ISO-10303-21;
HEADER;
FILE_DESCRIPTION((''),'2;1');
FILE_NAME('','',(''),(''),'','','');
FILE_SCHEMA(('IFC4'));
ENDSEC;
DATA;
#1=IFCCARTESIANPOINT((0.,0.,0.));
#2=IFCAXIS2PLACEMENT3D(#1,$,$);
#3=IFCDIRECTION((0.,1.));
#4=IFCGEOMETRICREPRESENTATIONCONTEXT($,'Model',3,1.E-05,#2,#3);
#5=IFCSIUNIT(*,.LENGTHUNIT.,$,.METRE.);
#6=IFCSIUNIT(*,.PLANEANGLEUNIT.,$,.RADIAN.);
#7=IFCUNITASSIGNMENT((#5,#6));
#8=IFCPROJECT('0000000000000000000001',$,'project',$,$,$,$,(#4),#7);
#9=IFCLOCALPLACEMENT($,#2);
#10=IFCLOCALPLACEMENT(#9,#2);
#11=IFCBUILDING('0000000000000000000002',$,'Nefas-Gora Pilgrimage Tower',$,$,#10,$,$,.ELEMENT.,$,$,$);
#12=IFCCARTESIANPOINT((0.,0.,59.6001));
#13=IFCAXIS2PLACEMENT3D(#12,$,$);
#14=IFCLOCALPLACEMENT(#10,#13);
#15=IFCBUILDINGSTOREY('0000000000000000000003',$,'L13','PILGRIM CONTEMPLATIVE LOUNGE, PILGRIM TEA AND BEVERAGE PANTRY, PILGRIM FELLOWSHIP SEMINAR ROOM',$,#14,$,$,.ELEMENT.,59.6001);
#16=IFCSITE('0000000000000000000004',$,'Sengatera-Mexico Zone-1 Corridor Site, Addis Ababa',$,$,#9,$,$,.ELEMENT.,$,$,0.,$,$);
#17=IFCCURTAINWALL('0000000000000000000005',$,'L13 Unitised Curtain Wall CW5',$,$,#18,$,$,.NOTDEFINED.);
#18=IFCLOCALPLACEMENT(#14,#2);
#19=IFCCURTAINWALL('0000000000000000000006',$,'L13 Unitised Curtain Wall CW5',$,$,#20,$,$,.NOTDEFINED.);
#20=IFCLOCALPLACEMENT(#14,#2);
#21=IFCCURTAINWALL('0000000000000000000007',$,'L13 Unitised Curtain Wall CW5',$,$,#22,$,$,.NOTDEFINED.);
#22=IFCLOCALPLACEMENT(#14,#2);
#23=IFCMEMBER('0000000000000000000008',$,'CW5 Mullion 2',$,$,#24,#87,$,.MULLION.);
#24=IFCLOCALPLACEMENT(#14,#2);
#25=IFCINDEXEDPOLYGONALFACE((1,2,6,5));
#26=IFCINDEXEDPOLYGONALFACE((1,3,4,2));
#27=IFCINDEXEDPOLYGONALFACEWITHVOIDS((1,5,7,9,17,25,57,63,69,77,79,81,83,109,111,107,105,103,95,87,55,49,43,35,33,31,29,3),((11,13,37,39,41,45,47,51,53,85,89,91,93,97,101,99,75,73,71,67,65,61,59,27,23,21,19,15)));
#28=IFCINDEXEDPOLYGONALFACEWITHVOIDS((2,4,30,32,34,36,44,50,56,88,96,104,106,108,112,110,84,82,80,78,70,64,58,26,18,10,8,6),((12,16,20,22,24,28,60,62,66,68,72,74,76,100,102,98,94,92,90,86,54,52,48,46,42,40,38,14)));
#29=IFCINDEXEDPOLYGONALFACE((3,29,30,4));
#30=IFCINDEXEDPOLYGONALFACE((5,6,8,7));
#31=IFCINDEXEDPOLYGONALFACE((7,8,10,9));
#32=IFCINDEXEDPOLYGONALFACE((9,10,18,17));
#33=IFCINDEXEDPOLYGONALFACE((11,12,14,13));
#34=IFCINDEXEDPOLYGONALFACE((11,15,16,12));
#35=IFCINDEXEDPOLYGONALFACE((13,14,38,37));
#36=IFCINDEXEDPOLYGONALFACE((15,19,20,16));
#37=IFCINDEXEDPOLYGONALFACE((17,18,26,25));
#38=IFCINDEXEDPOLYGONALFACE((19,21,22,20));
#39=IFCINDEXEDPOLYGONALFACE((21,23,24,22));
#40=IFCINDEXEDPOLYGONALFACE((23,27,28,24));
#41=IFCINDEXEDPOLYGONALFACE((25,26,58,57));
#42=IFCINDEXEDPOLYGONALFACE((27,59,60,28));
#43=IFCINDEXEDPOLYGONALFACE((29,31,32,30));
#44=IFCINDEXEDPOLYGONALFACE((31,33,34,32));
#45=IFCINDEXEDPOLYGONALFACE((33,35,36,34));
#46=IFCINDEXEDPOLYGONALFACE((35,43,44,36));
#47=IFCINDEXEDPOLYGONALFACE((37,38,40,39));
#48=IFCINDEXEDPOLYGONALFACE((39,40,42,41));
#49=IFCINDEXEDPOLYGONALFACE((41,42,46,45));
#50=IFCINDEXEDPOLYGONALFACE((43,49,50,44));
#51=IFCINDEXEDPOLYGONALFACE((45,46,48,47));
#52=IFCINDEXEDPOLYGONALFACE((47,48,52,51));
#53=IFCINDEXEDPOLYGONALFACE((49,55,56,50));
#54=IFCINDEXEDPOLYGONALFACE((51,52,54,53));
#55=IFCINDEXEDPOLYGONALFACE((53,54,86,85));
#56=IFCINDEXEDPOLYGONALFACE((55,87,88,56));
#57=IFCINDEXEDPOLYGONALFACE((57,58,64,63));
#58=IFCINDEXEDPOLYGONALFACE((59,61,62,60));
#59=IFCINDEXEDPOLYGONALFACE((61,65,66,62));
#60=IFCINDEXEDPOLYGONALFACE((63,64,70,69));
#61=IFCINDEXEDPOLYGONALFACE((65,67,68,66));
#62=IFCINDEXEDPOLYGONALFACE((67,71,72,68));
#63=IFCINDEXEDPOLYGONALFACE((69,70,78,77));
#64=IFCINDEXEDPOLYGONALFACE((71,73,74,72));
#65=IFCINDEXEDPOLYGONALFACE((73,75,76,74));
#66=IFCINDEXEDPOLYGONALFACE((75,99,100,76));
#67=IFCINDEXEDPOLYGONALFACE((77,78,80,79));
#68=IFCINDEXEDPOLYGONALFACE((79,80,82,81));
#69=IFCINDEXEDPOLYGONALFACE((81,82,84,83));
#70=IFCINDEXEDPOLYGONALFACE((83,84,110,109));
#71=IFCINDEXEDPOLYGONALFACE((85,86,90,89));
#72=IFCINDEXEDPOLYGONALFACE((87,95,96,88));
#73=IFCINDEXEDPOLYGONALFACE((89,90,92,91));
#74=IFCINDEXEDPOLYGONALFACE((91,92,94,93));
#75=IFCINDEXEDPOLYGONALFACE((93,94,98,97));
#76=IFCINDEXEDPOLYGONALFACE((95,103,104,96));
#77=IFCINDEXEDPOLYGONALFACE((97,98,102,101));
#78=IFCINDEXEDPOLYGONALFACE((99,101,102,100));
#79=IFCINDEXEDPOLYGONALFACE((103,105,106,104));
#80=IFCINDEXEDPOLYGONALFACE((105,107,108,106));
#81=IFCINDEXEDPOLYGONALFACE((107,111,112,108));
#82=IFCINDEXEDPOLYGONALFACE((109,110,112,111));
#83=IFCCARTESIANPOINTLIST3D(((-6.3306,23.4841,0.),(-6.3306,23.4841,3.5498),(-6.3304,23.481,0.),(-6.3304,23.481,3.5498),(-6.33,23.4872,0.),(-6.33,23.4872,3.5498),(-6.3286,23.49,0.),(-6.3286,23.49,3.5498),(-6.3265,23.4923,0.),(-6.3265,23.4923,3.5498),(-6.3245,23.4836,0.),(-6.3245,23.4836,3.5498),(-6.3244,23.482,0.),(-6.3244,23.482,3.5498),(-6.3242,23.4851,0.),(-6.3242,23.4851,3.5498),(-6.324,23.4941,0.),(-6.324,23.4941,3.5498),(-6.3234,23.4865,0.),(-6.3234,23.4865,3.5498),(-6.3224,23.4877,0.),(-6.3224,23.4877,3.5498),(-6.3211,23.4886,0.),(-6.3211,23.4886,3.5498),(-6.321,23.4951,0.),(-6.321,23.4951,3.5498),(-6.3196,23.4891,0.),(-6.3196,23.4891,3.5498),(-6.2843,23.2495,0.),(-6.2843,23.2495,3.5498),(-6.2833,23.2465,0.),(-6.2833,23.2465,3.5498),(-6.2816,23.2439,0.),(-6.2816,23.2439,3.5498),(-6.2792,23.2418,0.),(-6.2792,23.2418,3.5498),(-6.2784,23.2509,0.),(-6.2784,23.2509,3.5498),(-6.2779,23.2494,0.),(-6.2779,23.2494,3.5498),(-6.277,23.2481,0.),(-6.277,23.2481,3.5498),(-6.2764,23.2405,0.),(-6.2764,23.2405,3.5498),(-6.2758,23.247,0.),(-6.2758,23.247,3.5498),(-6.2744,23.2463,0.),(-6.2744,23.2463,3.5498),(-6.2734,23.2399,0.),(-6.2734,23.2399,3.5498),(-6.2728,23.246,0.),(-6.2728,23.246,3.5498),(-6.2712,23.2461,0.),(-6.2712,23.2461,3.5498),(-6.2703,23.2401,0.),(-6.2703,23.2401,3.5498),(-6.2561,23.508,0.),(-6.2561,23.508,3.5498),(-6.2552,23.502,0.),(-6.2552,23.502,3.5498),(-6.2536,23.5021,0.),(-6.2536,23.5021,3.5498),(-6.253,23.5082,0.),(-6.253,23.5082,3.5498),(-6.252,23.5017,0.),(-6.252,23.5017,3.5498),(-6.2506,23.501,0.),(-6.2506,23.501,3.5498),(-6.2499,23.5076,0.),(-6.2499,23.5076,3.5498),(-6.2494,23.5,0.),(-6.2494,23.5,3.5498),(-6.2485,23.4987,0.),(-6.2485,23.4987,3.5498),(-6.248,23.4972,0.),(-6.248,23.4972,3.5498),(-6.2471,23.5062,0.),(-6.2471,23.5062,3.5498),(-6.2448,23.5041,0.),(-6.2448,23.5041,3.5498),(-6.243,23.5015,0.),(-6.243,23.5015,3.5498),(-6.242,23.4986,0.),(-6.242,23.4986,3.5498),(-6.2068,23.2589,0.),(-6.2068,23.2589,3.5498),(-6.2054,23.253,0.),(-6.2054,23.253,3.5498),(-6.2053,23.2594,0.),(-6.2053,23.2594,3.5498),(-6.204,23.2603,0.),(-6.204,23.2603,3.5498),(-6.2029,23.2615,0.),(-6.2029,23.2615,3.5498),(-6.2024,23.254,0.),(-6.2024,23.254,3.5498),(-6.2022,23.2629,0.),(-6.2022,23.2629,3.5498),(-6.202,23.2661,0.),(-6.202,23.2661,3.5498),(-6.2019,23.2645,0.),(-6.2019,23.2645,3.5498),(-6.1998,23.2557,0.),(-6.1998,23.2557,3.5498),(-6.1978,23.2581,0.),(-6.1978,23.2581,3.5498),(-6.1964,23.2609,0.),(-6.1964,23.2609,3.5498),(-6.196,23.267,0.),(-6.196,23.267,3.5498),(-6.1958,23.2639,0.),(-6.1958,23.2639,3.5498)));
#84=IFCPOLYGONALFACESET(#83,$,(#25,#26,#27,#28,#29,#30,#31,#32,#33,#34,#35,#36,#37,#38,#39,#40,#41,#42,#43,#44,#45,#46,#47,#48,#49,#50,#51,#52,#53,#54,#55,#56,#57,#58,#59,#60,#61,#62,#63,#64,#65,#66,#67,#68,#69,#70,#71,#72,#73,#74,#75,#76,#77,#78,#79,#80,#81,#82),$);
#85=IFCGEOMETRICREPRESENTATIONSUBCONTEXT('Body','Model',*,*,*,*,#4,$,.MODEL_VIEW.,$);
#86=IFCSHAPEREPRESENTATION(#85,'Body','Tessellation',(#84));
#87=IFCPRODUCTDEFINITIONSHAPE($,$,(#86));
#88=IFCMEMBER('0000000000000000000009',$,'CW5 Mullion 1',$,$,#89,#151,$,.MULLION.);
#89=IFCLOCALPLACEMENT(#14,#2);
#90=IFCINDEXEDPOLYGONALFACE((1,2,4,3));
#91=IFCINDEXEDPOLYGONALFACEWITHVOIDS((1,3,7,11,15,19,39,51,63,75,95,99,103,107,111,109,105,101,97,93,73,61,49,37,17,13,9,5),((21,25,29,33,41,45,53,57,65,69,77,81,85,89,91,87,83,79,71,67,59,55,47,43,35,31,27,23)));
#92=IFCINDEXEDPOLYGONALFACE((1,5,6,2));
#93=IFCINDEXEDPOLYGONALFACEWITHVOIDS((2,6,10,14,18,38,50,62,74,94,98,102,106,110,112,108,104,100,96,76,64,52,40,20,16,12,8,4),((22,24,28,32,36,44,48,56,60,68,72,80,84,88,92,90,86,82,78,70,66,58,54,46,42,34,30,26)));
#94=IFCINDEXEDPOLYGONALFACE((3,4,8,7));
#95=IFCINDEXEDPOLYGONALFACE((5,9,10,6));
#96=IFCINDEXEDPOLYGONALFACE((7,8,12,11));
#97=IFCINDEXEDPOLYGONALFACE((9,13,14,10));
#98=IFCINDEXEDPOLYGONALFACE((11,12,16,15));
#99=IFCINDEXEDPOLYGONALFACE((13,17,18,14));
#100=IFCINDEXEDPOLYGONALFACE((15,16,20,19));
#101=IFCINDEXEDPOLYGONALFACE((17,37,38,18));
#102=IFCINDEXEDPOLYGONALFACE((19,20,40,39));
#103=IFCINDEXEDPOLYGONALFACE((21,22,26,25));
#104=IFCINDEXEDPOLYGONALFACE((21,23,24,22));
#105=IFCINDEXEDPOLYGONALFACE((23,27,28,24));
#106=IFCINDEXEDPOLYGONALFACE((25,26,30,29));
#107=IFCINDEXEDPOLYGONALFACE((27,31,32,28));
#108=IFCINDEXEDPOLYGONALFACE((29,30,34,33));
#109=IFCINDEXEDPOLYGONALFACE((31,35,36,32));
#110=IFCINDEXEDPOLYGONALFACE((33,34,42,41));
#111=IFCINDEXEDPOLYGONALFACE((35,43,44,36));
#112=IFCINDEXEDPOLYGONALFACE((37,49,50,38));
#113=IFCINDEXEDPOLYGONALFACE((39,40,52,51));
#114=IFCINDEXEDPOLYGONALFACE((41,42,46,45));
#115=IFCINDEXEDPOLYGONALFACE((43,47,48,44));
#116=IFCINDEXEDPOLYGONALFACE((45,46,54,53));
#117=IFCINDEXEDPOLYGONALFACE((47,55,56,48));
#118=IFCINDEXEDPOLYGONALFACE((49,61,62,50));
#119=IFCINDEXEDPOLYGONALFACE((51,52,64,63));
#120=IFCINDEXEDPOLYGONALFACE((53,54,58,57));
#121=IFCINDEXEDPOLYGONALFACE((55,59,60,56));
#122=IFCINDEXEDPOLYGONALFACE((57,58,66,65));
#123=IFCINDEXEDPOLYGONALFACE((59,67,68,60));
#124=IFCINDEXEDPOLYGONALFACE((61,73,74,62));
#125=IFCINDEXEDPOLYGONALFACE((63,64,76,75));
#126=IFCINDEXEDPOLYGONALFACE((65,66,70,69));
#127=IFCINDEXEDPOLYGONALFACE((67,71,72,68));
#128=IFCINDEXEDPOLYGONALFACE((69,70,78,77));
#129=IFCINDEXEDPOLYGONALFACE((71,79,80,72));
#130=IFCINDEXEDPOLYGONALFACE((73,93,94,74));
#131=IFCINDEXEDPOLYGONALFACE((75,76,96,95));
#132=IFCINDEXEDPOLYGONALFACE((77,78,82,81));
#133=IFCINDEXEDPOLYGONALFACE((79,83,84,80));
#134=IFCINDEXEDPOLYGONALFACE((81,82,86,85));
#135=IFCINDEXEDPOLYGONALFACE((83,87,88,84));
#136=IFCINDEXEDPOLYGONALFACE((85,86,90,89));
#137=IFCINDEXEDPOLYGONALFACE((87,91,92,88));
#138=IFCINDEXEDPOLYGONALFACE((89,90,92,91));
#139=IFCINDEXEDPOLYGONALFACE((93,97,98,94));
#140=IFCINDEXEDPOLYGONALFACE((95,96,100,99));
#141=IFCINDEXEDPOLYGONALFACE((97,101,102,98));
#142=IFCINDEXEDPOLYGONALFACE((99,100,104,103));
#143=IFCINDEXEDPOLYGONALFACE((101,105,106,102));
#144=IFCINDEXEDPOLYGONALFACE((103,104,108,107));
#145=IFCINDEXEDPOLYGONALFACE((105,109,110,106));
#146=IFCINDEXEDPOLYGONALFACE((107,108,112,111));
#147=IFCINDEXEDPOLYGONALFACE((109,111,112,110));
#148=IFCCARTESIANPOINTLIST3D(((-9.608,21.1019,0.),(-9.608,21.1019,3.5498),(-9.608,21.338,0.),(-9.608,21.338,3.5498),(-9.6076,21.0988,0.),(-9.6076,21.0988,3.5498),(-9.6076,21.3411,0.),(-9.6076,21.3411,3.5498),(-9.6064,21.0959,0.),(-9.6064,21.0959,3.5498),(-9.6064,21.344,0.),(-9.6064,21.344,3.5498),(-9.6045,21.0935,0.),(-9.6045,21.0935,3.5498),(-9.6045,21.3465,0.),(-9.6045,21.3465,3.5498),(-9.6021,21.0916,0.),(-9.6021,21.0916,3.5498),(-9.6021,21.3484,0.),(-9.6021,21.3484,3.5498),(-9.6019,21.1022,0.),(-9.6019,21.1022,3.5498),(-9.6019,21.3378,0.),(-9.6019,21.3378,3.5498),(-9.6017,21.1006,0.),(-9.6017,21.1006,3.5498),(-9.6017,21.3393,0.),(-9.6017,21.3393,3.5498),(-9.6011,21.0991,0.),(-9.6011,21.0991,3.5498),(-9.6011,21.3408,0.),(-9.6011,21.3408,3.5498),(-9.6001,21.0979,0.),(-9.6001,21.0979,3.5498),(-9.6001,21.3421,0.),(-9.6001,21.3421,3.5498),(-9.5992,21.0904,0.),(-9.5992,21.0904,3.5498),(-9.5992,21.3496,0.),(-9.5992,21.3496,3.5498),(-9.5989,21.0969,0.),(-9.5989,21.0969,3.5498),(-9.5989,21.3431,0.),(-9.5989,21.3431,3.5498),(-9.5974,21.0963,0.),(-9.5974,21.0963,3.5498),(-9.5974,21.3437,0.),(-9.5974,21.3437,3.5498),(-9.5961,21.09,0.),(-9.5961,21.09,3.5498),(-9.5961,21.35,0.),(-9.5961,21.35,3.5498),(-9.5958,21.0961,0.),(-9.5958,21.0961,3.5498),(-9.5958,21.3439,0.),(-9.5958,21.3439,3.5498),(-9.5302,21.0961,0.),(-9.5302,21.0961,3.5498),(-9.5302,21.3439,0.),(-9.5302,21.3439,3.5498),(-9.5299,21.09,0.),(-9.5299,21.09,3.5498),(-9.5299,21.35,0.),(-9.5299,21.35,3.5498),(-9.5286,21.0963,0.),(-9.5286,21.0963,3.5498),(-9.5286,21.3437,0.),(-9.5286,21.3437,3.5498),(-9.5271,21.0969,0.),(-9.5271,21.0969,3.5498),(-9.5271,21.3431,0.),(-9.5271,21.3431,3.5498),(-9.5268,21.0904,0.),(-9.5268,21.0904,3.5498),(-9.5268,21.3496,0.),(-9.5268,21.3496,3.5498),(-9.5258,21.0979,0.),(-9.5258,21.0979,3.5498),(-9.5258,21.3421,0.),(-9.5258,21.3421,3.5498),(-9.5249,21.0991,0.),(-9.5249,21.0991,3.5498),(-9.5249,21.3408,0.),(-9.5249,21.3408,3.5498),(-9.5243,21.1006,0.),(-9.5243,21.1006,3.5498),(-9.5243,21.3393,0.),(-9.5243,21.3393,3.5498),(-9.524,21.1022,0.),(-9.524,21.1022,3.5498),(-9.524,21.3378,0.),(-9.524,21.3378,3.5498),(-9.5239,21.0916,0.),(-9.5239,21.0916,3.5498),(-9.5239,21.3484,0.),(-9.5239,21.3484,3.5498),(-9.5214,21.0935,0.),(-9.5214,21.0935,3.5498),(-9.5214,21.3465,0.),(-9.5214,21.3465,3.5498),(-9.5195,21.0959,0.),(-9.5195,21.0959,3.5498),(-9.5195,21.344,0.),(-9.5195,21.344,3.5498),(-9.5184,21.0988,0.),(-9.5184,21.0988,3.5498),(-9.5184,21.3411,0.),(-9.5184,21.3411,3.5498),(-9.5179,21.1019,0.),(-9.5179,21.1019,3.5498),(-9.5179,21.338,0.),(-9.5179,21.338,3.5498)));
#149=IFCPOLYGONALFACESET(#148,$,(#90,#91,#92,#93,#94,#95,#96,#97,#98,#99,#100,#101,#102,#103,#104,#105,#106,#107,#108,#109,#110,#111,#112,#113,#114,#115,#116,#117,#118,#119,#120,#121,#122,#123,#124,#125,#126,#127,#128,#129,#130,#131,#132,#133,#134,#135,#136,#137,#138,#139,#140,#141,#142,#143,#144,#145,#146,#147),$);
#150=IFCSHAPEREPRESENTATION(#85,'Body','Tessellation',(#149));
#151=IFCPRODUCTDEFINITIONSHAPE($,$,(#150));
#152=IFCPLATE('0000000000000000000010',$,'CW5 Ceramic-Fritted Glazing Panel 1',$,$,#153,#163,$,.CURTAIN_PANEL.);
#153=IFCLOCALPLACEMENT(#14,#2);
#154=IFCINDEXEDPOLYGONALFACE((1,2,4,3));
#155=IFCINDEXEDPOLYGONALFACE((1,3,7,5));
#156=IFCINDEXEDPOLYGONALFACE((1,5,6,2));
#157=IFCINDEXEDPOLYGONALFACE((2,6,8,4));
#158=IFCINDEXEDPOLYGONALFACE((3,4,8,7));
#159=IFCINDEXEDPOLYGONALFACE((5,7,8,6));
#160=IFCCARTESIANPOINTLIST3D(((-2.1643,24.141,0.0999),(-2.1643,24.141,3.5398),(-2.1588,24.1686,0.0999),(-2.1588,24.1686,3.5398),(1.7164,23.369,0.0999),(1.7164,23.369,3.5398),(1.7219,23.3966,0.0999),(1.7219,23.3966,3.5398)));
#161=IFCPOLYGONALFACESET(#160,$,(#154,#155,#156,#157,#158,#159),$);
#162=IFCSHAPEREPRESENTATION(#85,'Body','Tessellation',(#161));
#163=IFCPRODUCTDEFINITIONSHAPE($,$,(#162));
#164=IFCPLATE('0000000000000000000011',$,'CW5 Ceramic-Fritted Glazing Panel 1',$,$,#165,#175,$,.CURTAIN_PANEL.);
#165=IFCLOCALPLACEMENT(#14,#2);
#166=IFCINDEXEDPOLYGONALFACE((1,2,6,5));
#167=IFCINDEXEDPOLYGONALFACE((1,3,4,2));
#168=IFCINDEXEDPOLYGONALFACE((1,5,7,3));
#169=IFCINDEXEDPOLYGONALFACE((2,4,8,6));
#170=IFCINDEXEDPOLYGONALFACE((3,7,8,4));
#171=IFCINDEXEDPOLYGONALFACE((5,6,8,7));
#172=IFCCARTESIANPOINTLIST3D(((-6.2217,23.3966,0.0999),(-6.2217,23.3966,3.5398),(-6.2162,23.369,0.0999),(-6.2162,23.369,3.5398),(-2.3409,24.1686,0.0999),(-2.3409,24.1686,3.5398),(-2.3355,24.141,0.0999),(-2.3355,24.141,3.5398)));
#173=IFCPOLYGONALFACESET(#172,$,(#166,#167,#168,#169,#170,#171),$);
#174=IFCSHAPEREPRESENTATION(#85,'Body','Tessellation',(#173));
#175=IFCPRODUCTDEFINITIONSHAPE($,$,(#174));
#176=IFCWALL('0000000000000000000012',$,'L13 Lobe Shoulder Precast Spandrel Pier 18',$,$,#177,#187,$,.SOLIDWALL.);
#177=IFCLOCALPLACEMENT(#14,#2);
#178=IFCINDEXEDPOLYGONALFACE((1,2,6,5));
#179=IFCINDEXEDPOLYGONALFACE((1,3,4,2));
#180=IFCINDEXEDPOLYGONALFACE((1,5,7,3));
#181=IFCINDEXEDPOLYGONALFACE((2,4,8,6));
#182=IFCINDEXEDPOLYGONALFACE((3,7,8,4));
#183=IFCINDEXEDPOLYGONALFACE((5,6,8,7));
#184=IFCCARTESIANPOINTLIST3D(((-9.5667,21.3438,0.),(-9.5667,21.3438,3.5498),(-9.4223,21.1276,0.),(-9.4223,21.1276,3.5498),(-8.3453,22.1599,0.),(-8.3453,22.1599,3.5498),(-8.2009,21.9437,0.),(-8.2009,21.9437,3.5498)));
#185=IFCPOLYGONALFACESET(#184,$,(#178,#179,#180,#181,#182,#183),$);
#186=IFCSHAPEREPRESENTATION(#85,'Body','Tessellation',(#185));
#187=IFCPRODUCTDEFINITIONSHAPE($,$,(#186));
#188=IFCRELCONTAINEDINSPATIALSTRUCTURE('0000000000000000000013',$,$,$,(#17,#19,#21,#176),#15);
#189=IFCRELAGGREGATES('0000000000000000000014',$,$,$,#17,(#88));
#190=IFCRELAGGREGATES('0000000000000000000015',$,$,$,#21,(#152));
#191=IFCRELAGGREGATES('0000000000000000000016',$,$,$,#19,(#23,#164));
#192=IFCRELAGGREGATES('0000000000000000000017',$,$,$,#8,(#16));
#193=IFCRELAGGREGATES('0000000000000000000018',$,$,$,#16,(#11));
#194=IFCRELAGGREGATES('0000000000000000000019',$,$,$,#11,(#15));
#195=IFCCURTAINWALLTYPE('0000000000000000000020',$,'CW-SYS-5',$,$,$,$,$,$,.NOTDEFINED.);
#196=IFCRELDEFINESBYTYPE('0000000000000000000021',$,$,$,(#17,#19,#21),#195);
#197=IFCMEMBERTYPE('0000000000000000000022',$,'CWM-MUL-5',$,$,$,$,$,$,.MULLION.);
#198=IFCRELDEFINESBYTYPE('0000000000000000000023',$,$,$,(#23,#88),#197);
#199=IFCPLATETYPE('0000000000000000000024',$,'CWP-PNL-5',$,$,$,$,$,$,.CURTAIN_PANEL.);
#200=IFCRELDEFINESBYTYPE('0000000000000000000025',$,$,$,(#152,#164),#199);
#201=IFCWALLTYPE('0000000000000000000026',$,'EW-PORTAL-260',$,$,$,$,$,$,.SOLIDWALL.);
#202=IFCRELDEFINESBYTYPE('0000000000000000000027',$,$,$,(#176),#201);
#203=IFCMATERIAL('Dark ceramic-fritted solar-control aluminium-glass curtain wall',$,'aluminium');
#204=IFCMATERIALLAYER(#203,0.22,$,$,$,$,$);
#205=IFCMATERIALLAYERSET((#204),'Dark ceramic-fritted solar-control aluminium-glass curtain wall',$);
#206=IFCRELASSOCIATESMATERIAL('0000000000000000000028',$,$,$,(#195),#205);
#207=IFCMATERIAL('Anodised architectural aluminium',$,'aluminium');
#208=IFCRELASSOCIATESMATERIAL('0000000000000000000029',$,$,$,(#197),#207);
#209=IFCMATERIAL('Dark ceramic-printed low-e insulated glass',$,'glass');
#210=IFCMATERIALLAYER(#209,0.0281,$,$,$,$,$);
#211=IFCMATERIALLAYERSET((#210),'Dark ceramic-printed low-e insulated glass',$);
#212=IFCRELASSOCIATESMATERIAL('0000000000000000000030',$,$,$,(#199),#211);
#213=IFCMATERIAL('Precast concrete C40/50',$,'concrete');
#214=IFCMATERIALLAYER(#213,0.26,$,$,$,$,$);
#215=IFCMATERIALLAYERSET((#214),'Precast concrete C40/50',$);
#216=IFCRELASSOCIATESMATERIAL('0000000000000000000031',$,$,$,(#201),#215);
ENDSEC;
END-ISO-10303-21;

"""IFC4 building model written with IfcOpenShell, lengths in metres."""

from ifc_helpers import new_model, si_unit, direction, frame, frame_2d, origin, origin_2d, place, context, subcontext, project, spatial, rectangle, hollow_rectangle, extrude, source, transform, mapped, material, layer, layer_set, material_profile, profile_set, type_object, element, aggregate, save


model = new_model("IFC4")

# Units and contexts
model_context = context("Model", 3, precision=1e-05, world=origin(), true_north=direction((0.0, 1.0)))
body_context = subcontext(model_context, "Body", "Model", "MODEL_VIEW")
ifc_project = project(units=[si_unit("LENGTHUNIT", "METRE"), si_unit("PLANEANGLEUNIT", "RADIAN")], contexts=[model_context])

# Site, building, storey
site_placement = place(None, origin())
site = spatial("IfcSite", under=ifc_project, at=site_placement, Name="Sengatera-Mexico Zone-1 Corridor Site, Addis Ababa", CompositionType="ELEMENT", RefElevation=0.0)
building_placement = place(site_placement, origin())
building = spatial("IfcBuilding", under=site, at=building_placement, Name="Nefas-Gora Pilgrimage Tower", CompositionType="ELEMENT")
storey_placement = place(building_placement, frame((0.0, 0.0, 59.6001)))
storey = spatial("IfcBuildingStorey", under=building, at=storey_placement, Name="L13", Description="PILGRIM CONTEMPLATIVE LOUNGE, PILGRIM TEA AND BEVERAGE PANTRY, PILGRIM FELLOWSHIP SEMINAR ROOM", CompositionType="ELEMENT", Elevation=59.6001)

# Curtain walls
ifc_material_1 = material(Name="Dark ceramic-fritted solar-control aluminium-glass curtain wall", Category="aluminium")
ifc_layer_1 = layer(ifc_material_1, 0.22)
ifc_layer_set_1 = layer_set([ifc_layer_1], Name="Dark ceramic-fritted solar-control aluminium-glass curtain wall")
curtain_wall_type = type_object("IfcCurtainWallType", Name="CW-SYS-5", PredefinedType="NOTDEFINED", material=ifc_layer_set_1)
curtain_wall_1_placement = place(storey_placement, origin())
curtain_wall_1 = element("IfcCurtainWall", 1, at=curtain_wall_1_placement, inside=storey, type_object=curtain_wall_type, Name="L13 Unitised Curtain Wall CW5", PredefinedType="NOTDEFINED")
ifc_material_2 = material(Name="Anodised architectural aluminium", Category="aluminium")
curtain_wall_2_placement = place(storey_placement, origin())
curtain_wall_2 = element("IfcCurtainWall", 2, at=curtain_wall_2_placement, inside=storey, type_object=curtain_wall_type, Name="L13 Unitised Curtain Wall CW5", PredefinedType="NOTDEFINED")
curtain_wall_3_placement = place(storey_placement, origin())
curtain_wall_3 = element("IfcCurtainWall", 3, at=curtain_wall_3_placement, inside=storey, type_object=curtain_wall_type, Name="L13 Unitised Curtain Wall CW5", PredefinedType="NOTDEFINED")
ifc_material_profile_1 = material_profile(ifc_material_2, hollow_rectangle(XDim=0.0901, YDim=0.26, WallThickness=0.0061, InnerFilletRadius=0.0061, OuterFilletRadius=0.012, at=origin_2d()), Name="ALU MULLION 90x260")
ifc_profile_set_1 = profile_set([ifc_material_profile_1], Name="Anodised architectural aluminium")
member_type_1 = type_object("IfcMemberType", Name="CWM-MUL-5", PredefinedType="MULLION", material=ifc_profile_set_1)
shared_shape_1 = source(origin(), body_context, "Body", "SweptSolid", [
    extrude(hollow_rectangle(XDim=0.0901, YDim=0.26, WallThickness=0.0061, InnerFilletRadius=0.0061, OuterFilletRadius=0.012, at=origin_2d()), origin(), (0.0, 0.0, 1.0), 3.5498),
])

# Members
member_1_placement = place(storey_placement, frame((-6.2632, 23.374, 0.0), z_axis=(0.0, 0.0, 1.0), x_axis=(-0.980783, -0.195102, 0.0)))
member_1 = element("IfcMember", 4, at=member_1_placement, type_object=member_type_1, Name="CW5 Mullion 2", PredefinedType="MULLION", context=body_context, shape_type="MappedRepresentation", body=[
    mapped(shared_shape_1, transform((0.0, 0.0, 0.0), x_axis=(1.0, 0.0, 0.0), y_axis=(0.0, 1.0, 0.0), z_axis=(0.0, 0.0, 1.0), scale=1.0)),
])
member_2_placement = place(storey_placement, frame((-9.563, 21.22, 0.0), z_axis=(0.0, 0.0, 1.0), x_axis=(-1.0, 0.0, 0.0)))
member_2 = element("IfcMember", 5, at=member_2_placement, type_object=member_type_1, Name="CW5 Mullion 1", PredefinedType="MULLION", context=body_context, shape_type="MappedRepresentation", body=[
    mapped(shared_shape_1, transform((0.0, 0.0, 0.0), x_axis=(1.0, 0.0, 0.0), y_axis=(0.0, 1.0, 0.0), z_axis=(0.0, 0.0, 1.0), scale=1.0)),
])
aggregate(curtain_wall_1, [member_2])

# Plates
ifc_material_3 = material(Name="Dark ceramic-printed low-e insulated glass", Category="glass")
ifc_layer_2 = layer(ifc_material_3, 0.0281)
ifc_layer_set_2 = layer_set([ifc_layer_2], Name="Dark ceramic-printed low-e insulated glass")
plate_type = type_object("IfcPlateType", Name="CWP-PNL-5", PredefinedType="CURTAIN_PANEL", material=ifc_layer_set_2)
shared_shape_2 = source(origin(), body_context, "Body", "SweptSolid", [
    extrude(rectangle(XDim=3.9568, YDim=0.0281, at=origin_2d()), origin(), (0.0, 0.0, 1.0), 3.4399),
])
plate_1_placement = place(storey_placement, frame((-0.2212, 23.7688, 0.0999), z_axis=(0.0, 0.0, 1.0), x_axis=(-0.980783, 0.195102, 0.0)))
plate_1 = element("IfcPlate", 6, at=plate_1_placement, type_object=plate_type, Name="CW5 Ceramic-Fritted Glazing Panel 1", PredefinedType="CURTAIN_PANEL", context=body_context, shape_type="MappedRepresentation", body=[
    mapped(shared_shape_2, transform((0.0, 0.0, 0.0), x_axis=(1.0, 0.0, 0.0), y_axis=(0.0, 1.0, 0.0), z_axis=(0.0, 0.0, 1.0), scale=1.0)),
])
aggregate(curtain_wall_3, [plate_1])
plate_2_placement = place(storey_placement, frame((-4.2786, 23.7688, 0.0999), z_axis=(0.0, 0.0, 1.0), x_axis=(-0.980783, -0.195102, 0.0)))
plate_2 = element("IfcPlate", 7, at=plate_2_placement, type_object=plate_type, Name="CW5 Ceramic-Fritted Glazing Panel 1", PredefinedType="CURTAIN_PANEL", context=body_context, shape_type="MappedRepresentation", body=[
    mapped(shared_shape_2, transform((0.0, 0.0, 0.0), x_axis=(1.0, 0.0, 0.0), y_axis=(0.0, 1.0, 0.0), z_axis=(0.0, 0.0, 1.0), scale=1.0)),
])
aggregate(curtain_wall_2, [member_1, plate_2])

# Wall
ifc_material_4 = material(Name="Precast concrete C40/50", Category="concrete")
ifc_layer_3 = layer(ifc_material_4, 0.26)
ifc_layer_set_3 = layer_set([ifc_layer_3], Name="Precast concrete C40/50")
wall_type_1 = type_object("IfcWallType", Name="EW-PORTAL-260", PredefinedType="SOLIDWALL", material=ifc_layer_set_3)
shared_shape_3 = source(origin(), body_context, "Body", "SweptSolid", [
    extrude(rectangle(XDim=1.469, YDim=0.26, at=frame_2d((0.7344, 0.0))), origin(), (0.0, 0.0, 1.0), 3.5498),
])
wall_1_placement = place(storey_placement, frame((-8.2732, 22.0518, 0.0), z_axis=(0.0, 0.0, 1.0), x_axis=(-0.831462, -0.555582, 0.0)))
element("IfcWall", 8, at=wall_1_placement, inside=storey, type_object=wall_type_1, Name="L13 Lobe Shoulder Precast Spandrel Pier 18", PredefinedType="SOLIDWALL", context=body_context, shape_type="MappedRepresentation", body=[
    mapped(shared_shape_3, transform((0.0, 0.0, 0.0), x_axis=(1.0, 0.0, 0.0), y_axis=(0.0, 1.0, 0.0), z_axis=(0.0, 0.0, 1.0), scale=1.0)),
])

save(model, "model.ifc")
